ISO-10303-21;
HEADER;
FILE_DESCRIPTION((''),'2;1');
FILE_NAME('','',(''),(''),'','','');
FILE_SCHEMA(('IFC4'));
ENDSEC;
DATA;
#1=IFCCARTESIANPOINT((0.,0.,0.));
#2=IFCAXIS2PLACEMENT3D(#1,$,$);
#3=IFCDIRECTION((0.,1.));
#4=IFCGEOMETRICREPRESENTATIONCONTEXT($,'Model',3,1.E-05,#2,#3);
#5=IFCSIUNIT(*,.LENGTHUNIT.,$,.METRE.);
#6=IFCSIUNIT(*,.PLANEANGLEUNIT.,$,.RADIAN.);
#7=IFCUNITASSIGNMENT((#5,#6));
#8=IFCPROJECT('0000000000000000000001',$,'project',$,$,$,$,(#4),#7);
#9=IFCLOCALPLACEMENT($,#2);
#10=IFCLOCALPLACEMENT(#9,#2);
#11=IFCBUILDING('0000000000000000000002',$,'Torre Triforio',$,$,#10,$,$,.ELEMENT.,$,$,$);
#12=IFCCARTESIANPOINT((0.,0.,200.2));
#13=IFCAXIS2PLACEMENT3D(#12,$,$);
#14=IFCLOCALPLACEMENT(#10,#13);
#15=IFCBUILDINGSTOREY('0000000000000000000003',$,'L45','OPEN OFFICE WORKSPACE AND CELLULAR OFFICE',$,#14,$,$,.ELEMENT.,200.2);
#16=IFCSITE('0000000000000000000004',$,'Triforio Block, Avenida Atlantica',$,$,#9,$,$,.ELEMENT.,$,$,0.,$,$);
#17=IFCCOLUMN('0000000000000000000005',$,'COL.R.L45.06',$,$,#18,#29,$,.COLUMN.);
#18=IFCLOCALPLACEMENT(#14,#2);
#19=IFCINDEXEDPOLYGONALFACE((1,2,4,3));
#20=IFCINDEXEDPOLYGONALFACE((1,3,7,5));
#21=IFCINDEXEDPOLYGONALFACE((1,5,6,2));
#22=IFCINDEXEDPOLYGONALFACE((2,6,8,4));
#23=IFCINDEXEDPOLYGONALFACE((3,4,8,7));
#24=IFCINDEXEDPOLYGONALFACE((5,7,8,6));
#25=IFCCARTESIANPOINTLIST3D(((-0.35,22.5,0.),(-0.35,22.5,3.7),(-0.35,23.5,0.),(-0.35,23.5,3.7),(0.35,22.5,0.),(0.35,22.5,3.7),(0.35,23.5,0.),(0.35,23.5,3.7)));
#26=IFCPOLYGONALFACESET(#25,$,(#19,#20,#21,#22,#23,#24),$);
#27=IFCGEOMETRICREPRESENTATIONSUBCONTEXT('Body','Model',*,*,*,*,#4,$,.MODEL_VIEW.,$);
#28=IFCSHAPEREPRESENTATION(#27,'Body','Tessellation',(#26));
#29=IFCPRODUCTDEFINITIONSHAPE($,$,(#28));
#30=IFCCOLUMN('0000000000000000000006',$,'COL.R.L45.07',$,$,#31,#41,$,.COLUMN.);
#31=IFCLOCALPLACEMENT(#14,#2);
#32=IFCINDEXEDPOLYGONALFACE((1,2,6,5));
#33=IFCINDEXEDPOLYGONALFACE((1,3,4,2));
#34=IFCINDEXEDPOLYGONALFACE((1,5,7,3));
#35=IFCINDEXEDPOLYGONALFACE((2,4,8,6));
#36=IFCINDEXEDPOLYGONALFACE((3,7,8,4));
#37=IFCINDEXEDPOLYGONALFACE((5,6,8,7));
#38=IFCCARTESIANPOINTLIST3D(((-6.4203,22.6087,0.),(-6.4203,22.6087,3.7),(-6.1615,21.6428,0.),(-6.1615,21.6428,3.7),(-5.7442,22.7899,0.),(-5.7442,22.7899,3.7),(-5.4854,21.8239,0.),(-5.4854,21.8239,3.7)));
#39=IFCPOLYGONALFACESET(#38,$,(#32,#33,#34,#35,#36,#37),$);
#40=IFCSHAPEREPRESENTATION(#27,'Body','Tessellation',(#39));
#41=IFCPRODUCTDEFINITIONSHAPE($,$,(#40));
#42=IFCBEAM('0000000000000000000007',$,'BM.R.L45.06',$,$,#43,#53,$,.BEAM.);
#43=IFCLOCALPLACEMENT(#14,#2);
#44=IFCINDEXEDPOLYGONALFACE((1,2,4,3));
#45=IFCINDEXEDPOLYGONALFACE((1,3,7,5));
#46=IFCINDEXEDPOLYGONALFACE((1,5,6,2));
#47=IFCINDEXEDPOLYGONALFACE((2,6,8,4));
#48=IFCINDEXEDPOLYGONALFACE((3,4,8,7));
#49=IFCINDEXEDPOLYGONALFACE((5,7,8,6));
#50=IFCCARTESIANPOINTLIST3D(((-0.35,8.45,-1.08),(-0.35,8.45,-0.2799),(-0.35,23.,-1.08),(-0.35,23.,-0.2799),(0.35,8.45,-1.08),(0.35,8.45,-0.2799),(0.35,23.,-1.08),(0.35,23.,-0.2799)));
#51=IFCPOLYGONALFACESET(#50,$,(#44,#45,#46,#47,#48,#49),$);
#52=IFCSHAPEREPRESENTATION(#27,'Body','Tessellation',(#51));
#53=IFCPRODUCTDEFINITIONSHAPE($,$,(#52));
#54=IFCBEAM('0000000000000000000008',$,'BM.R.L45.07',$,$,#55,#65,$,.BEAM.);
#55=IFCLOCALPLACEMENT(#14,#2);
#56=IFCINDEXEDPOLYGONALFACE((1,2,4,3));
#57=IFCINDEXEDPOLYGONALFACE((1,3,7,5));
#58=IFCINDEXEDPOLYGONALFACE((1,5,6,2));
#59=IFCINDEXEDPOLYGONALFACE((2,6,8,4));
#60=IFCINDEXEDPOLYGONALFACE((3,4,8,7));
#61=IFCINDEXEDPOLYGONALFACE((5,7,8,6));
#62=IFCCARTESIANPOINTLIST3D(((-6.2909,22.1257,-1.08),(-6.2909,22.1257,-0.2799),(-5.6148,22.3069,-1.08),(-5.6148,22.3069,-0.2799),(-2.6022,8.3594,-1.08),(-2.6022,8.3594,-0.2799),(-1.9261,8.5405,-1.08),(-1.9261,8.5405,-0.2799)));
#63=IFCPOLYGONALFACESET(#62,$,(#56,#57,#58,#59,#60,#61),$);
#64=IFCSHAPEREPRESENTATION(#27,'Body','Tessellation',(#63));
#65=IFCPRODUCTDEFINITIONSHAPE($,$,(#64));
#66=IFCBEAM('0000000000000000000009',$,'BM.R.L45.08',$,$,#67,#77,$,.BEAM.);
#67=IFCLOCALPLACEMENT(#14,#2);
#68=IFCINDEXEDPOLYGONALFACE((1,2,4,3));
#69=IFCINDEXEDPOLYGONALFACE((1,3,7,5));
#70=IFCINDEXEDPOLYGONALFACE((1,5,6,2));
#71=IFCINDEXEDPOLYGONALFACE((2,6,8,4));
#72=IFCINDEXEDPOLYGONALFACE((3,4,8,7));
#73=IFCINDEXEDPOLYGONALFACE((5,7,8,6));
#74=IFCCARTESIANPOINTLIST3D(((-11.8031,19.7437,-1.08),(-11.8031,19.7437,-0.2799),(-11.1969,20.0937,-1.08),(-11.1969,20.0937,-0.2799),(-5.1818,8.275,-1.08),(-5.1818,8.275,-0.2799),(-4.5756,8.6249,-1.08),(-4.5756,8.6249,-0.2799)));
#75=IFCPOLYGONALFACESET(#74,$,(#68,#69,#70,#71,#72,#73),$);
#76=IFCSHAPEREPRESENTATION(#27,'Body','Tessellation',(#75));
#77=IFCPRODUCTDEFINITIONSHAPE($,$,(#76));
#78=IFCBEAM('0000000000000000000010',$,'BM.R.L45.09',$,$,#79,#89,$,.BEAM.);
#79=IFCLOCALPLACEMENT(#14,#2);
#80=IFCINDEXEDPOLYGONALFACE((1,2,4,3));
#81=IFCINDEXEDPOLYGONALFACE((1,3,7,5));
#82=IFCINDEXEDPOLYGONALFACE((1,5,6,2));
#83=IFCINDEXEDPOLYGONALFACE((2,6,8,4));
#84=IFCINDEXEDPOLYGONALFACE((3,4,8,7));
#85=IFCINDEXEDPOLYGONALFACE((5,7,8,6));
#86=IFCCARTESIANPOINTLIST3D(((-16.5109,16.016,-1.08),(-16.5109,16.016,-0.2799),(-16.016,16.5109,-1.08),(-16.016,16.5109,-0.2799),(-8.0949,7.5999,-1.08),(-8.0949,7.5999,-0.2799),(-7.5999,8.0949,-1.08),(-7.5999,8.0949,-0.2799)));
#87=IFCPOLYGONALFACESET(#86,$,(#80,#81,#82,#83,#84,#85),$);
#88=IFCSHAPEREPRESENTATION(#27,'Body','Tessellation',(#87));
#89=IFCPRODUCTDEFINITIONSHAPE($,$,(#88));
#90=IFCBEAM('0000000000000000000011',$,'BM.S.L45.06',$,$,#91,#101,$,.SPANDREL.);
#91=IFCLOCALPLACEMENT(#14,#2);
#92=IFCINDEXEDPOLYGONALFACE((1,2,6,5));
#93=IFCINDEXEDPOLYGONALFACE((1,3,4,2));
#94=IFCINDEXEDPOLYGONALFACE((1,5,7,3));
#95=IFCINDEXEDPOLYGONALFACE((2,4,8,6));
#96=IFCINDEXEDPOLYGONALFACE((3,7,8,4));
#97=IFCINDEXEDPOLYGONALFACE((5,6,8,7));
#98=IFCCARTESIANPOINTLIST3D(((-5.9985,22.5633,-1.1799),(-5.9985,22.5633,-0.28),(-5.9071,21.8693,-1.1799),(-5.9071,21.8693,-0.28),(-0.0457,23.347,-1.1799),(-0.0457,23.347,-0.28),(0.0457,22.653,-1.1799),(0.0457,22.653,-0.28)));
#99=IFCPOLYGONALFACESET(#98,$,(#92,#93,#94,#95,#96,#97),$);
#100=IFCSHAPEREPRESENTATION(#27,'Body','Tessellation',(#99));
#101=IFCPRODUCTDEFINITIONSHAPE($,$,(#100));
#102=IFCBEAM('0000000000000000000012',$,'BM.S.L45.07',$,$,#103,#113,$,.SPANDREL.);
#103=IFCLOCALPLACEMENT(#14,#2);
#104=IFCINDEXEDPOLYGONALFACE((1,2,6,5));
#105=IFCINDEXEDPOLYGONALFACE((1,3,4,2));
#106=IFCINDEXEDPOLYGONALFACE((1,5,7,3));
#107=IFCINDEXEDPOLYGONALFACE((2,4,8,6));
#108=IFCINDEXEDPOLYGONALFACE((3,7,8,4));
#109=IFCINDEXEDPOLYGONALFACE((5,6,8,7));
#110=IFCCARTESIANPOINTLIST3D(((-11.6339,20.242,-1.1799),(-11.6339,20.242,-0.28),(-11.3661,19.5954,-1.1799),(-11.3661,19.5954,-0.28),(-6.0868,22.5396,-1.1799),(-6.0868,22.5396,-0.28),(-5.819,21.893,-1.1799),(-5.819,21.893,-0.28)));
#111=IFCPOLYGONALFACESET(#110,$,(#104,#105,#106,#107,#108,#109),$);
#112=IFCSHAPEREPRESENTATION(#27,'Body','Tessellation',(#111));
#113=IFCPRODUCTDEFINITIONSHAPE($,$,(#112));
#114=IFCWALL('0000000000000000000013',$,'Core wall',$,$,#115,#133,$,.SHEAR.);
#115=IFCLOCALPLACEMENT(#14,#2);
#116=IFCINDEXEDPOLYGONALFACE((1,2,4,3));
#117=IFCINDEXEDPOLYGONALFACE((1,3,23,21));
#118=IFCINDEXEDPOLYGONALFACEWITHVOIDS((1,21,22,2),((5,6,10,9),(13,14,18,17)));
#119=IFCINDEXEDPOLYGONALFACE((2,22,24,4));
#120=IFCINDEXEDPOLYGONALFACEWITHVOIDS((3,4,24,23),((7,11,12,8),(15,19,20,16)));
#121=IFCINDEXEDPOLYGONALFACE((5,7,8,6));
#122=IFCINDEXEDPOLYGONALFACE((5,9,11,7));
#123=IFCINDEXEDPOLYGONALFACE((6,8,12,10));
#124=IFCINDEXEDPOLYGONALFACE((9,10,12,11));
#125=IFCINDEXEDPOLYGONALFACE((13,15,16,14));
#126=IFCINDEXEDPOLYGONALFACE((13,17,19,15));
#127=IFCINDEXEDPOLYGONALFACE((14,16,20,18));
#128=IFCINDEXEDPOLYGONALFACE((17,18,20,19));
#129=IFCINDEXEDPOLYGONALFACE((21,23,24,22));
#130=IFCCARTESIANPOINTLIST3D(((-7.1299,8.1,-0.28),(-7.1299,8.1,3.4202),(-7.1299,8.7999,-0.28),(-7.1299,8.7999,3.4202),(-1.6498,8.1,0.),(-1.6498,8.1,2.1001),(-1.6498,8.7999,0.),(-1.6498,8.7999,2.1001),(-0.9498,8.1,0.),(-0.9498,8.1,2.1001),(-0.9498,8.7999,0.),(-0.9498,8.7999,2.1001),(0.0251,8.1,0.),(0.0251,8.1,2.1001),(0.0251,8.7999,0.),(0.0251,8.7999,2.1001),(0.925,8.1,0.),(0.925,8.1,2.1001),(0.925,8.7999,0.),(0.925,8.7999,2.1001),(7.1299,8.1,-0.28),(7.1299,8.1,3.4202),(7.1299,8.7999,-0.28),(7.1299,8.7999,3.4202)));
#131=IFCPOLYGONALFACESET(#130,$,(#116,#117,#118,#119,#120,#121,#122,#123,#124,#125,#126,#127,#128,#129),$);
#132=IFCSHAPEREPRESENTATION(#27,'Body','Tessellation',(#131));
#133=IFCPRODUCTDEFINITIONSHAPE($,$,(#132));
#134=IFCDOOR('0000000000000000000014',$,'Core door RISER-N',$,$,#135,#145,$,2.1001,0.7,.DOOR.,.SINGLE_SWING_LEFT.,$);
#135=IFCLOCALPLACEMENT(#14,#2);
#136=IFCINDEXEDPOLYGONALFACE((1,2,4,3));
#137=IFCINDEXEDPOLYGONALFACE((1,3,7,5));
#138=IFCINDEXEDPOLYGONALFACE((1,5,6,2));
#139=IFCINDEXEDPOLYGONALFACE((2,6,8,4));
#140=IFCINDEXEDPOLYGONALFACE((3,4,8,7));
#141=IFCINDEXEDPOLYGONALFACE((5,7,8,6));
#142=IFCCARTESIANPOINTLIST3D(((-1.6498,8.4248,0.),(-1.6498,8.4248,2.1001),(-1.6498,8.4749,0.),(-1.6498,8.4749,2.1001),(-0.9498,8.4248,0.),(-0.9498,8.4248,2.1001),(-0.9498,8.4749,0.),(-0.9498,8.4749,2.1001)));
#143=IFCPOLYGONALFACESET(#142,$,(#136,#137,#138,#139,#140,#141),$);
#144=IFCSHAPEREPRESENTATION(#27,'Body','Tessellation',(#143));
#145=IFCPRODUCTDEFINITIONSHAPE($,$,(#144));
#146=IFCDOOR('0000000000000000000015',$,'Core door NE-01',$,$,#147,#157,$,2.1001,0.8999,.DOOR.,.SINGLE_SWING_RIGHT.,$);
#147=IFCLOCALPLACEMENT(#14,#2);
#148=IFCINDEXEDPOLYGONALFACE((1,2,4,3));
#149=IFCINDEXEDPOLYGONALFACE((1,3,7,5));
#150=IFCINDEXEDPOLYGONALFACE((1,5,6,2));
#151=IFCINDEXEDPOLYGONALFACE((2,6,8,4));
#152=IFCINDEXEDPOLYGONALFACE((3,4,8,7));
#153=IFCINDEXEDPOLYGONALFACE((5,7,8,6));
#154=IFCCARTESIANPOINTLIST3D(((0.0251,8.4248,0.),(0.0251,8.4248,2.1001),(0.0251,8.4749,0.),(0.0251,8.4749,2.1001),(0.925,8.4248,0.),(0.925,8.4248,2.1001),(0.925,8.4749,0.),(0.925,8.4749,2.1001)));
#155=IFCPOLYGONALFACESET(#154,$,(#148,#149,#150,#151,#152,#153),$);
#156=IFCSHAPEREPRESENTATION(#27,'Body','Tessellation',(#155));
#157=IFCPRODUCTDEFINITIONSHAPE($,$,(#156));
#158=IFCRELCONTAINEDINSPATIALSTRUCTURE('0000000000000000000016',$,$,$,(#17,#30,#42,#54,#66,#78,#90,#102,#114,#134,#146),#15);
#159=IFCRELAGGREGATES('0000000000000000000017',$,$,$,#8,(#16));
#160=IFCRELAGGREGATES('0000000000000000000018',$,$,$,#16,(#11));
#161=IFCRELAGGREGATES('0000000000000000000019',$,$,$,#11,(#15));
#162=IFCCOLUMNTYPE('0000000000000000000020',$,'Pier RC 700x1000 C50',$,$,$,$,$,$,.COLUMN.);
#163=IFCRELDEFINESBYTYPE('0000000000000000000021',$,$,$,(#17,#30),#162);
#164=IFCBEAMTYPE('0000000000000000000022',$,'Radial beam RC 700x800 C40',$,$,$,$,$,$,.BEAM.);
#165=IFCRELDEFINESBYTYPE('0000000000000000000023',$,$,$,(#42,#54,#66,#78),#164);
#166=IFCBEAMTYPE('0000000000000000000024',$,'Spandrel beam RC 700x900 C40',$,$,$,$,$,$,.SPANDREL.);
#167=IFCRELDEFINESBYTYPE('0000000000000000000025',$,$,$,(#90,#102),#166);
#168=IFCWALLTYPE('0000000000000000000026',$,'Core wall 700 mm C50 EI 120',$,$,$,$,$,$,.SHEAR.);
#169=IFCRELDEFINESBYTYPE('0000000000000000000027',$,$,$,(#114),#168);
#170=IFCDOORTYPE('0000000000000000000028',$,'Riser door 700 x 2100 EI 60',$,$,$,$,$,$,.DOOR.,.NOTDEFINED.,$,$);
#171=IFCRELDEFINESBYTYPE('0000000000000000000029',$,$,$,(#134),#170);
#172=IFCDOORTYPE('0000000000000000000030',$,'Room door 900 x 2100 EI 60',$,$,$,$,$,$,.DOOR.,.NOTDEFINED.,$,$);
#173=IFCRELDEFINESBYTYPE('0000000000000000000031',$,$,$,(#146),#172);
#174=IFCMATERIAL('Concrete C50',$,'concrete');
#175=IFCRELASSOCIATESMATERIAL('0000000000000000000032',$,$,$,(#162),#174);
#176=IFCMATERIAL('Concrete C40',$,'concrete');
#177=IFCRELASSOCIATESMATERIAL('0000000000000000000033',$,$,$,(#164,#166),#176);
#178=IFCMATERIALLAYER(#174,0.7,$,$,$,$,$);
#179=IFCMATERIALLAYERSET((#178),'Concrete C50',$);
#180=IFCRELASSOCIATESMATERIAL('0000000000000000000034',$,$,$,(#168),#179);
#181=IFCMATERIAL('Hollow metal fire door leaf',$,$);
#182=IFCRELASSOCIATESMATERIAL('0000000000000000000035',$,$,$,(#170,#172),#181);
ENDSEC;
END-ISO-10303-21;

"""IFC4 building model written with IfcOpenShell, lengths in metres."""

from ifc_helpers import new_model, si_unit, direction, frame, frame_2d, origin, origin_2d, place, context, subcontext, project, spatial, rectangle, extrude, material, layer, layer_set, material_profile, profile_set, type_object, element, fill, save


model = new_model("IFC4")

# Units and contexts
model_context = context("Model", 3, precision=1e-05, world=origin(), true_north=direction((0.0, 1.0)))
body_context = subcontext(model_context, "Body", "Model", "MODEL_VIEW")
ifc_project = project(units=[si_unit("LENGTHUNIT", "METRE"), si_unit("PLANEANGLEUNIT", "RADIAN")], contexts=[model_context])

# Site, building, storey
site_placement = place(None, origin())
site = spatial("IfcSite", under=ifc_project, at=site_placement, Name="Triforio Block, Avenida Atlantica", CompositionType="ELEMENT", RefElevation=0.0)
building_placement = place(site_placement, origin())
building = spatial("IfcBuilding", under=site, at=building_placement, Name="Torre Triforio", CompositionType="ELEMENT")
storey_placement = place(building_placement, frame((0.0, 0.0, 200.2)))
storey = spatial("IfcBuildingStorey", under=building, at=storey_placement, Name="L45", Description="OPEN OFFICE WORKSPACE AND CELLULAR OFFICE", CompositionType="ELEMENT", Elevation=200.2)

# Columns
ifc_material_1 = material(Name="Concrete C50", Category="concrete")
ifc_material_profile_1 = material_profile(ifc_material_1, rectangle(XDim=0.7, YDim=1.0, at=origin_2d()), Name="RC 700x1000")
ifc_profile_set_1 = profile_set([ifc_material_profile_1], Name="Concrete C50")
column_type = type_object("IfcColumnType", Name="Pier RC 700x1000 C50", PredefinedType="COLUMN", material=ifc_profile_set_1)
for number, where, z_axis, x_axis, name in (
    (1, (0.0, 23.0, 0.0), (0.0, 0.0, 1.0), (-1.0, 0.0, 0.0), "COL.R.L45.06"),
    (2, (-5.9529, 22.2163, 0.0), (0.0, 0.0, 1.0), (-0.965926, -0.258819, 0.0), "COL.R.L45.07"),
):
    element("IfcColumn", number, at=place(storey_placement, frame(where, z_axis=z_axis, x_axis=x_axis)), inside=storey, type_object=column_type, Name=name, PredefinedType="COLUMN", context=body_context, shape_type="SweptSolid", body=[
        extrude(rectangle(XDim=0.7, YDim=1.0, at=origin_2d()), origin(), (0.0, 0.0, 1.0), 3.7),
    ])

# Beams
ifc_material_2 = material(Name="Concrete C40", Category="concrete")
ifc_material_profile_2 = material_profile(ifc_material_2, rectangle(XDim=0.7, YDim=0.8, at=origin_2d()), Name="RC 700x800")
ifc_profile_set_2 = profile_set([ifc_material_profile_2], Name="Concrete C40")
beam_type_1 = type_object("IfcBeamType", Name="Radial beam RC 700x800 C40", PredefinedType="BEAM", material=ifc_profile_set_2)
beam_1_placement = place(storey_placement, frame((0.0, 8.45, -0.6799), z_axis=(0.0, 1.0, 0.0), x_axis=(-1.0, 0.0, 0.0)))
element("IfcBeam", 3, at=beam_1_placement, inside=storey, type_object=beam_type_1, Name="BM.R.L45.06", PredefinedType="BEAM", context=body_context, shape_type="SweptSolid", body=[
    extrude(rectangle(XDim=0.7, YDim=0.8, at=origin_2d()), origin(), (0.0, 0.0, 1.0), 14.55),
])
beam_2_placement = place(storey_placement, frame((-2.2642, 8.45, -0.6799), z_axis=(-0.258821, 0.965925, 0.0), x_axis=(-0.965925, -0.258821, 0.0)))
element("IfcBeam", 4, at=beam_2_placement, inside=storey, type_object=beam_type_1, Name="BM.R.L45.07", PredefinedType="BEAM", context=body_context, shape_type="SweptSolid", body=[
    extrude(rectangle(XDim=0.7, YDim=0.8, at=origin_2d()), origin(), (0.0, 0.0, 1.0), 14.252),
])
beam_3_placement = place(storey_placement, frame((-4.8787, 8.45, -0.6799), z_axis=(-0.499992, 0.86603, 0.0), x_axis=(-0.86603, -0.499992, 0.0)))
element("IfcBeam", 5, at=beam_3_placement, inside=storey, type_object=beam_type_1, Name="BM.R.L45.08", PredefinedType="BEAM", context=body_context, shape_type="SweptSolid", body=[
    extrude(rectangle(XDim=0.7, YDim=0.8, at=origin_2d()), origin(), (0.0, 0.0, 1.0), 13.2429),
])
beam_4_placement = place(storey_placement, frame((-7.8474, 7.8474, -0.6799), z_axis=(-0.707107, 0.707107, 0.0), x_axis=(-0.707107, -0.707107, 0.0)))
element("IfcBeam", 6, at=beam_4_placement, inside=storey, type_object=beam_type_1, Name="BM.R.L45.09", PredefinedType="BEAM", context=body_context, shape_type="SweptSolid", body=[
    extrude(rectangle(XDim=0.7, YDim=0.8, at=origin_2d()), origin(), (0.0, 0.0, 1.0), 11.9021),
])
ifc_material_profile_3 = material_profile(ifc_material_2, rectangle(XDim=0.7, YDim=0.8999, at=origin_2d()), Name="RC 700x900")
ifc_profile_set_3 = profile_set([ifc_material_profile_3], Name="Concrete C40")
beam_type_2 = type_object("IfcBeamType", Name="Spandrel beam RC 700x900 C40", PredefinedType="SPANDREL", material=ifc_profile_set_3)
for number, where, z_axis, x_axis, name in (
    (7, (0.0, 23.0, -0.73), (-0.991445, -0.130523, 0.0), (0.130523, -0.991445, 0.0), "BM.S.L45.06"),
    (8, (-5.9529, 22.2163, -0.73), (-0.923885, -0.382671, 0.0), (0.382671, -0.923885, 0.0), "BM.S.L45.07"),
):
    element("IfcBeam", number, at=place(storey_placement, frame(where, z_axis=z_axis, x_axis=x_axis)), inside=storey, type_object=beam_type_2, Name=name, PredefinedType="SPANDREL", context=body_context, shape_type="SweptSolid", body=[
        extrude(rectangle(XDim=0.7, YDim=0.8999, at=origin_2d()), origin(), (0.0, 0.0, 1.0), 6.0042),
    ])

# Wall, openings, doors
ifc_layer_1 = layer(ifc_material_1, 0.7)
ifc_layer_set_1 = layer_set([ifc_layer_1], Name="Concrete C50")
wall_type_1 = type_object("IfcWallType", Name="Core wall 700 mm C50 EI 120", PredefinedType="SHEAR", material=ifc_layer_set_1)
wall_1_placement = place(storey_placement, frame((-7.1299, 8.45, -0.28), z_axis=(0.0, 0.0, 1.0), x_axis=(1.0, 0.0, 0.0)))
wall_1 = element("IfcWall", 9, at=wall_1_placement, inside=storey, type_object=wall_type_1, Name="Core wall", PredefinedType="SHEAR", context=body_context, shape_type="SweptSolid", body=[
    extrude(rectangle(XDim=14.2598, YDim=0.7, at=frame_2d((7.1299, 0.0))), origin(), (0.0, 0.0, 1.0), 3.7002),
])
opening_1_placement = place(wall_1_placement, frame((5.48, 0.0, 0.28)))
opening_1 = element("IfcOpeningElement", 10, at=opening_1_placement, cuts=wall_1, PredefinedType="OPENING", context=body_context, shape_type="SweptSolid", body=[
    extrude(rectangle(XDim=0.7, YDim=2.1001, at=frame_2d((0.3501, 1.05))), frame((0.0, 0.3599, 0.0), z_axis=(0.0, -1.0, 0.0), x_axis=(1.0, 0.0, 0.0)), (0.0, 0.0, 1.0), 0.72),
])
opening_2_placement = place(wall_1_placement, frame((7.155, 0.0, 0.28)))
opening_2 = element("IfcOpeningElement", 11, at=opening_2_placement, cuts=wall_1, PredefinedType="OPENING", context=body_context, shape_type="SweptSolid", body=[
    extrude(rectangle(XDim=0.8999, YDim=2.1001, at=frame_2d((0.45, 1.05))), frame((0.0, 0.3599, 0.0), z_axis=(0.0, -1.0, 0.0), x_axis=(1.0, 0.0, 0.0)), (0.0, 0.0, 1.0), 0.72),
])
ifc_material_3 = material(Name="Hollow metal fire door leaf")
door_type_1 = type_object("IfcDoorType", Name="Riser door 700 x 2100 EI 60", OperationType="NOTDEFINED", PredefinedType="DOOR", material=ifc_material_3)
door_1_placement = place(opening_1_placement, origin())
door_1 = element("IfcDoor", 12, at=door_1_placement, inside=storey, type_object=door_type_1, Name="Core door RISER-N", OperationType="SINGLE_SWING_LEFT", OverallHeight=2.1001, OverallWidth=0.7, PredefinedType="DOOR", context=body_context, shape_type="SweptSolid", body=[
    extrude(rectangle(XDim=0.7, YDim=2.1001, at=frame_2d((0.3501, 1.05))), frame((0.0, 0.0249, 0.0), z_axis=(0.0, -1.0, 0.0), x_axis=(1.0, 0.0, 0.0)), (0.0, 0.0, 1.0), 0.05),
])
fill(opening_1, door_1)
door_type_2 = type_object("IfcDoorType", Name="Room door 900 x 2100 EI 60", OperationType="NOTDEFINED", PredefinedType="DOOR", material=ifc_material_3)
door_2_placement = place(opening_2_placement, origin())
door_2 = element("IfcDoor", 13, at=door_2_placement, inside=storey, type_object=door_type_2, Name="Core door NE-01", OperationType="SINGLE_SWING_RIGHT", OverallHeight=2.1001, OverallWidth=0.8999, PredefinedType="DOOR", context=body_context, shape_type="SweptSolid", body=[
    extrude(rectangle(XDim=0.8999, YDim=2.1001, at=frame_2d((0.45, 1.05))), frame((0.0, 0.0249, 0.0), z_axis=(0.0, -1.0, 0.0), x_axis=(1.0, 0.0, 0.0)), (0.0, 0.0, 1.0), 0.05),
])
fill(opening_2, door_2)

save(model, "model.ifc")
